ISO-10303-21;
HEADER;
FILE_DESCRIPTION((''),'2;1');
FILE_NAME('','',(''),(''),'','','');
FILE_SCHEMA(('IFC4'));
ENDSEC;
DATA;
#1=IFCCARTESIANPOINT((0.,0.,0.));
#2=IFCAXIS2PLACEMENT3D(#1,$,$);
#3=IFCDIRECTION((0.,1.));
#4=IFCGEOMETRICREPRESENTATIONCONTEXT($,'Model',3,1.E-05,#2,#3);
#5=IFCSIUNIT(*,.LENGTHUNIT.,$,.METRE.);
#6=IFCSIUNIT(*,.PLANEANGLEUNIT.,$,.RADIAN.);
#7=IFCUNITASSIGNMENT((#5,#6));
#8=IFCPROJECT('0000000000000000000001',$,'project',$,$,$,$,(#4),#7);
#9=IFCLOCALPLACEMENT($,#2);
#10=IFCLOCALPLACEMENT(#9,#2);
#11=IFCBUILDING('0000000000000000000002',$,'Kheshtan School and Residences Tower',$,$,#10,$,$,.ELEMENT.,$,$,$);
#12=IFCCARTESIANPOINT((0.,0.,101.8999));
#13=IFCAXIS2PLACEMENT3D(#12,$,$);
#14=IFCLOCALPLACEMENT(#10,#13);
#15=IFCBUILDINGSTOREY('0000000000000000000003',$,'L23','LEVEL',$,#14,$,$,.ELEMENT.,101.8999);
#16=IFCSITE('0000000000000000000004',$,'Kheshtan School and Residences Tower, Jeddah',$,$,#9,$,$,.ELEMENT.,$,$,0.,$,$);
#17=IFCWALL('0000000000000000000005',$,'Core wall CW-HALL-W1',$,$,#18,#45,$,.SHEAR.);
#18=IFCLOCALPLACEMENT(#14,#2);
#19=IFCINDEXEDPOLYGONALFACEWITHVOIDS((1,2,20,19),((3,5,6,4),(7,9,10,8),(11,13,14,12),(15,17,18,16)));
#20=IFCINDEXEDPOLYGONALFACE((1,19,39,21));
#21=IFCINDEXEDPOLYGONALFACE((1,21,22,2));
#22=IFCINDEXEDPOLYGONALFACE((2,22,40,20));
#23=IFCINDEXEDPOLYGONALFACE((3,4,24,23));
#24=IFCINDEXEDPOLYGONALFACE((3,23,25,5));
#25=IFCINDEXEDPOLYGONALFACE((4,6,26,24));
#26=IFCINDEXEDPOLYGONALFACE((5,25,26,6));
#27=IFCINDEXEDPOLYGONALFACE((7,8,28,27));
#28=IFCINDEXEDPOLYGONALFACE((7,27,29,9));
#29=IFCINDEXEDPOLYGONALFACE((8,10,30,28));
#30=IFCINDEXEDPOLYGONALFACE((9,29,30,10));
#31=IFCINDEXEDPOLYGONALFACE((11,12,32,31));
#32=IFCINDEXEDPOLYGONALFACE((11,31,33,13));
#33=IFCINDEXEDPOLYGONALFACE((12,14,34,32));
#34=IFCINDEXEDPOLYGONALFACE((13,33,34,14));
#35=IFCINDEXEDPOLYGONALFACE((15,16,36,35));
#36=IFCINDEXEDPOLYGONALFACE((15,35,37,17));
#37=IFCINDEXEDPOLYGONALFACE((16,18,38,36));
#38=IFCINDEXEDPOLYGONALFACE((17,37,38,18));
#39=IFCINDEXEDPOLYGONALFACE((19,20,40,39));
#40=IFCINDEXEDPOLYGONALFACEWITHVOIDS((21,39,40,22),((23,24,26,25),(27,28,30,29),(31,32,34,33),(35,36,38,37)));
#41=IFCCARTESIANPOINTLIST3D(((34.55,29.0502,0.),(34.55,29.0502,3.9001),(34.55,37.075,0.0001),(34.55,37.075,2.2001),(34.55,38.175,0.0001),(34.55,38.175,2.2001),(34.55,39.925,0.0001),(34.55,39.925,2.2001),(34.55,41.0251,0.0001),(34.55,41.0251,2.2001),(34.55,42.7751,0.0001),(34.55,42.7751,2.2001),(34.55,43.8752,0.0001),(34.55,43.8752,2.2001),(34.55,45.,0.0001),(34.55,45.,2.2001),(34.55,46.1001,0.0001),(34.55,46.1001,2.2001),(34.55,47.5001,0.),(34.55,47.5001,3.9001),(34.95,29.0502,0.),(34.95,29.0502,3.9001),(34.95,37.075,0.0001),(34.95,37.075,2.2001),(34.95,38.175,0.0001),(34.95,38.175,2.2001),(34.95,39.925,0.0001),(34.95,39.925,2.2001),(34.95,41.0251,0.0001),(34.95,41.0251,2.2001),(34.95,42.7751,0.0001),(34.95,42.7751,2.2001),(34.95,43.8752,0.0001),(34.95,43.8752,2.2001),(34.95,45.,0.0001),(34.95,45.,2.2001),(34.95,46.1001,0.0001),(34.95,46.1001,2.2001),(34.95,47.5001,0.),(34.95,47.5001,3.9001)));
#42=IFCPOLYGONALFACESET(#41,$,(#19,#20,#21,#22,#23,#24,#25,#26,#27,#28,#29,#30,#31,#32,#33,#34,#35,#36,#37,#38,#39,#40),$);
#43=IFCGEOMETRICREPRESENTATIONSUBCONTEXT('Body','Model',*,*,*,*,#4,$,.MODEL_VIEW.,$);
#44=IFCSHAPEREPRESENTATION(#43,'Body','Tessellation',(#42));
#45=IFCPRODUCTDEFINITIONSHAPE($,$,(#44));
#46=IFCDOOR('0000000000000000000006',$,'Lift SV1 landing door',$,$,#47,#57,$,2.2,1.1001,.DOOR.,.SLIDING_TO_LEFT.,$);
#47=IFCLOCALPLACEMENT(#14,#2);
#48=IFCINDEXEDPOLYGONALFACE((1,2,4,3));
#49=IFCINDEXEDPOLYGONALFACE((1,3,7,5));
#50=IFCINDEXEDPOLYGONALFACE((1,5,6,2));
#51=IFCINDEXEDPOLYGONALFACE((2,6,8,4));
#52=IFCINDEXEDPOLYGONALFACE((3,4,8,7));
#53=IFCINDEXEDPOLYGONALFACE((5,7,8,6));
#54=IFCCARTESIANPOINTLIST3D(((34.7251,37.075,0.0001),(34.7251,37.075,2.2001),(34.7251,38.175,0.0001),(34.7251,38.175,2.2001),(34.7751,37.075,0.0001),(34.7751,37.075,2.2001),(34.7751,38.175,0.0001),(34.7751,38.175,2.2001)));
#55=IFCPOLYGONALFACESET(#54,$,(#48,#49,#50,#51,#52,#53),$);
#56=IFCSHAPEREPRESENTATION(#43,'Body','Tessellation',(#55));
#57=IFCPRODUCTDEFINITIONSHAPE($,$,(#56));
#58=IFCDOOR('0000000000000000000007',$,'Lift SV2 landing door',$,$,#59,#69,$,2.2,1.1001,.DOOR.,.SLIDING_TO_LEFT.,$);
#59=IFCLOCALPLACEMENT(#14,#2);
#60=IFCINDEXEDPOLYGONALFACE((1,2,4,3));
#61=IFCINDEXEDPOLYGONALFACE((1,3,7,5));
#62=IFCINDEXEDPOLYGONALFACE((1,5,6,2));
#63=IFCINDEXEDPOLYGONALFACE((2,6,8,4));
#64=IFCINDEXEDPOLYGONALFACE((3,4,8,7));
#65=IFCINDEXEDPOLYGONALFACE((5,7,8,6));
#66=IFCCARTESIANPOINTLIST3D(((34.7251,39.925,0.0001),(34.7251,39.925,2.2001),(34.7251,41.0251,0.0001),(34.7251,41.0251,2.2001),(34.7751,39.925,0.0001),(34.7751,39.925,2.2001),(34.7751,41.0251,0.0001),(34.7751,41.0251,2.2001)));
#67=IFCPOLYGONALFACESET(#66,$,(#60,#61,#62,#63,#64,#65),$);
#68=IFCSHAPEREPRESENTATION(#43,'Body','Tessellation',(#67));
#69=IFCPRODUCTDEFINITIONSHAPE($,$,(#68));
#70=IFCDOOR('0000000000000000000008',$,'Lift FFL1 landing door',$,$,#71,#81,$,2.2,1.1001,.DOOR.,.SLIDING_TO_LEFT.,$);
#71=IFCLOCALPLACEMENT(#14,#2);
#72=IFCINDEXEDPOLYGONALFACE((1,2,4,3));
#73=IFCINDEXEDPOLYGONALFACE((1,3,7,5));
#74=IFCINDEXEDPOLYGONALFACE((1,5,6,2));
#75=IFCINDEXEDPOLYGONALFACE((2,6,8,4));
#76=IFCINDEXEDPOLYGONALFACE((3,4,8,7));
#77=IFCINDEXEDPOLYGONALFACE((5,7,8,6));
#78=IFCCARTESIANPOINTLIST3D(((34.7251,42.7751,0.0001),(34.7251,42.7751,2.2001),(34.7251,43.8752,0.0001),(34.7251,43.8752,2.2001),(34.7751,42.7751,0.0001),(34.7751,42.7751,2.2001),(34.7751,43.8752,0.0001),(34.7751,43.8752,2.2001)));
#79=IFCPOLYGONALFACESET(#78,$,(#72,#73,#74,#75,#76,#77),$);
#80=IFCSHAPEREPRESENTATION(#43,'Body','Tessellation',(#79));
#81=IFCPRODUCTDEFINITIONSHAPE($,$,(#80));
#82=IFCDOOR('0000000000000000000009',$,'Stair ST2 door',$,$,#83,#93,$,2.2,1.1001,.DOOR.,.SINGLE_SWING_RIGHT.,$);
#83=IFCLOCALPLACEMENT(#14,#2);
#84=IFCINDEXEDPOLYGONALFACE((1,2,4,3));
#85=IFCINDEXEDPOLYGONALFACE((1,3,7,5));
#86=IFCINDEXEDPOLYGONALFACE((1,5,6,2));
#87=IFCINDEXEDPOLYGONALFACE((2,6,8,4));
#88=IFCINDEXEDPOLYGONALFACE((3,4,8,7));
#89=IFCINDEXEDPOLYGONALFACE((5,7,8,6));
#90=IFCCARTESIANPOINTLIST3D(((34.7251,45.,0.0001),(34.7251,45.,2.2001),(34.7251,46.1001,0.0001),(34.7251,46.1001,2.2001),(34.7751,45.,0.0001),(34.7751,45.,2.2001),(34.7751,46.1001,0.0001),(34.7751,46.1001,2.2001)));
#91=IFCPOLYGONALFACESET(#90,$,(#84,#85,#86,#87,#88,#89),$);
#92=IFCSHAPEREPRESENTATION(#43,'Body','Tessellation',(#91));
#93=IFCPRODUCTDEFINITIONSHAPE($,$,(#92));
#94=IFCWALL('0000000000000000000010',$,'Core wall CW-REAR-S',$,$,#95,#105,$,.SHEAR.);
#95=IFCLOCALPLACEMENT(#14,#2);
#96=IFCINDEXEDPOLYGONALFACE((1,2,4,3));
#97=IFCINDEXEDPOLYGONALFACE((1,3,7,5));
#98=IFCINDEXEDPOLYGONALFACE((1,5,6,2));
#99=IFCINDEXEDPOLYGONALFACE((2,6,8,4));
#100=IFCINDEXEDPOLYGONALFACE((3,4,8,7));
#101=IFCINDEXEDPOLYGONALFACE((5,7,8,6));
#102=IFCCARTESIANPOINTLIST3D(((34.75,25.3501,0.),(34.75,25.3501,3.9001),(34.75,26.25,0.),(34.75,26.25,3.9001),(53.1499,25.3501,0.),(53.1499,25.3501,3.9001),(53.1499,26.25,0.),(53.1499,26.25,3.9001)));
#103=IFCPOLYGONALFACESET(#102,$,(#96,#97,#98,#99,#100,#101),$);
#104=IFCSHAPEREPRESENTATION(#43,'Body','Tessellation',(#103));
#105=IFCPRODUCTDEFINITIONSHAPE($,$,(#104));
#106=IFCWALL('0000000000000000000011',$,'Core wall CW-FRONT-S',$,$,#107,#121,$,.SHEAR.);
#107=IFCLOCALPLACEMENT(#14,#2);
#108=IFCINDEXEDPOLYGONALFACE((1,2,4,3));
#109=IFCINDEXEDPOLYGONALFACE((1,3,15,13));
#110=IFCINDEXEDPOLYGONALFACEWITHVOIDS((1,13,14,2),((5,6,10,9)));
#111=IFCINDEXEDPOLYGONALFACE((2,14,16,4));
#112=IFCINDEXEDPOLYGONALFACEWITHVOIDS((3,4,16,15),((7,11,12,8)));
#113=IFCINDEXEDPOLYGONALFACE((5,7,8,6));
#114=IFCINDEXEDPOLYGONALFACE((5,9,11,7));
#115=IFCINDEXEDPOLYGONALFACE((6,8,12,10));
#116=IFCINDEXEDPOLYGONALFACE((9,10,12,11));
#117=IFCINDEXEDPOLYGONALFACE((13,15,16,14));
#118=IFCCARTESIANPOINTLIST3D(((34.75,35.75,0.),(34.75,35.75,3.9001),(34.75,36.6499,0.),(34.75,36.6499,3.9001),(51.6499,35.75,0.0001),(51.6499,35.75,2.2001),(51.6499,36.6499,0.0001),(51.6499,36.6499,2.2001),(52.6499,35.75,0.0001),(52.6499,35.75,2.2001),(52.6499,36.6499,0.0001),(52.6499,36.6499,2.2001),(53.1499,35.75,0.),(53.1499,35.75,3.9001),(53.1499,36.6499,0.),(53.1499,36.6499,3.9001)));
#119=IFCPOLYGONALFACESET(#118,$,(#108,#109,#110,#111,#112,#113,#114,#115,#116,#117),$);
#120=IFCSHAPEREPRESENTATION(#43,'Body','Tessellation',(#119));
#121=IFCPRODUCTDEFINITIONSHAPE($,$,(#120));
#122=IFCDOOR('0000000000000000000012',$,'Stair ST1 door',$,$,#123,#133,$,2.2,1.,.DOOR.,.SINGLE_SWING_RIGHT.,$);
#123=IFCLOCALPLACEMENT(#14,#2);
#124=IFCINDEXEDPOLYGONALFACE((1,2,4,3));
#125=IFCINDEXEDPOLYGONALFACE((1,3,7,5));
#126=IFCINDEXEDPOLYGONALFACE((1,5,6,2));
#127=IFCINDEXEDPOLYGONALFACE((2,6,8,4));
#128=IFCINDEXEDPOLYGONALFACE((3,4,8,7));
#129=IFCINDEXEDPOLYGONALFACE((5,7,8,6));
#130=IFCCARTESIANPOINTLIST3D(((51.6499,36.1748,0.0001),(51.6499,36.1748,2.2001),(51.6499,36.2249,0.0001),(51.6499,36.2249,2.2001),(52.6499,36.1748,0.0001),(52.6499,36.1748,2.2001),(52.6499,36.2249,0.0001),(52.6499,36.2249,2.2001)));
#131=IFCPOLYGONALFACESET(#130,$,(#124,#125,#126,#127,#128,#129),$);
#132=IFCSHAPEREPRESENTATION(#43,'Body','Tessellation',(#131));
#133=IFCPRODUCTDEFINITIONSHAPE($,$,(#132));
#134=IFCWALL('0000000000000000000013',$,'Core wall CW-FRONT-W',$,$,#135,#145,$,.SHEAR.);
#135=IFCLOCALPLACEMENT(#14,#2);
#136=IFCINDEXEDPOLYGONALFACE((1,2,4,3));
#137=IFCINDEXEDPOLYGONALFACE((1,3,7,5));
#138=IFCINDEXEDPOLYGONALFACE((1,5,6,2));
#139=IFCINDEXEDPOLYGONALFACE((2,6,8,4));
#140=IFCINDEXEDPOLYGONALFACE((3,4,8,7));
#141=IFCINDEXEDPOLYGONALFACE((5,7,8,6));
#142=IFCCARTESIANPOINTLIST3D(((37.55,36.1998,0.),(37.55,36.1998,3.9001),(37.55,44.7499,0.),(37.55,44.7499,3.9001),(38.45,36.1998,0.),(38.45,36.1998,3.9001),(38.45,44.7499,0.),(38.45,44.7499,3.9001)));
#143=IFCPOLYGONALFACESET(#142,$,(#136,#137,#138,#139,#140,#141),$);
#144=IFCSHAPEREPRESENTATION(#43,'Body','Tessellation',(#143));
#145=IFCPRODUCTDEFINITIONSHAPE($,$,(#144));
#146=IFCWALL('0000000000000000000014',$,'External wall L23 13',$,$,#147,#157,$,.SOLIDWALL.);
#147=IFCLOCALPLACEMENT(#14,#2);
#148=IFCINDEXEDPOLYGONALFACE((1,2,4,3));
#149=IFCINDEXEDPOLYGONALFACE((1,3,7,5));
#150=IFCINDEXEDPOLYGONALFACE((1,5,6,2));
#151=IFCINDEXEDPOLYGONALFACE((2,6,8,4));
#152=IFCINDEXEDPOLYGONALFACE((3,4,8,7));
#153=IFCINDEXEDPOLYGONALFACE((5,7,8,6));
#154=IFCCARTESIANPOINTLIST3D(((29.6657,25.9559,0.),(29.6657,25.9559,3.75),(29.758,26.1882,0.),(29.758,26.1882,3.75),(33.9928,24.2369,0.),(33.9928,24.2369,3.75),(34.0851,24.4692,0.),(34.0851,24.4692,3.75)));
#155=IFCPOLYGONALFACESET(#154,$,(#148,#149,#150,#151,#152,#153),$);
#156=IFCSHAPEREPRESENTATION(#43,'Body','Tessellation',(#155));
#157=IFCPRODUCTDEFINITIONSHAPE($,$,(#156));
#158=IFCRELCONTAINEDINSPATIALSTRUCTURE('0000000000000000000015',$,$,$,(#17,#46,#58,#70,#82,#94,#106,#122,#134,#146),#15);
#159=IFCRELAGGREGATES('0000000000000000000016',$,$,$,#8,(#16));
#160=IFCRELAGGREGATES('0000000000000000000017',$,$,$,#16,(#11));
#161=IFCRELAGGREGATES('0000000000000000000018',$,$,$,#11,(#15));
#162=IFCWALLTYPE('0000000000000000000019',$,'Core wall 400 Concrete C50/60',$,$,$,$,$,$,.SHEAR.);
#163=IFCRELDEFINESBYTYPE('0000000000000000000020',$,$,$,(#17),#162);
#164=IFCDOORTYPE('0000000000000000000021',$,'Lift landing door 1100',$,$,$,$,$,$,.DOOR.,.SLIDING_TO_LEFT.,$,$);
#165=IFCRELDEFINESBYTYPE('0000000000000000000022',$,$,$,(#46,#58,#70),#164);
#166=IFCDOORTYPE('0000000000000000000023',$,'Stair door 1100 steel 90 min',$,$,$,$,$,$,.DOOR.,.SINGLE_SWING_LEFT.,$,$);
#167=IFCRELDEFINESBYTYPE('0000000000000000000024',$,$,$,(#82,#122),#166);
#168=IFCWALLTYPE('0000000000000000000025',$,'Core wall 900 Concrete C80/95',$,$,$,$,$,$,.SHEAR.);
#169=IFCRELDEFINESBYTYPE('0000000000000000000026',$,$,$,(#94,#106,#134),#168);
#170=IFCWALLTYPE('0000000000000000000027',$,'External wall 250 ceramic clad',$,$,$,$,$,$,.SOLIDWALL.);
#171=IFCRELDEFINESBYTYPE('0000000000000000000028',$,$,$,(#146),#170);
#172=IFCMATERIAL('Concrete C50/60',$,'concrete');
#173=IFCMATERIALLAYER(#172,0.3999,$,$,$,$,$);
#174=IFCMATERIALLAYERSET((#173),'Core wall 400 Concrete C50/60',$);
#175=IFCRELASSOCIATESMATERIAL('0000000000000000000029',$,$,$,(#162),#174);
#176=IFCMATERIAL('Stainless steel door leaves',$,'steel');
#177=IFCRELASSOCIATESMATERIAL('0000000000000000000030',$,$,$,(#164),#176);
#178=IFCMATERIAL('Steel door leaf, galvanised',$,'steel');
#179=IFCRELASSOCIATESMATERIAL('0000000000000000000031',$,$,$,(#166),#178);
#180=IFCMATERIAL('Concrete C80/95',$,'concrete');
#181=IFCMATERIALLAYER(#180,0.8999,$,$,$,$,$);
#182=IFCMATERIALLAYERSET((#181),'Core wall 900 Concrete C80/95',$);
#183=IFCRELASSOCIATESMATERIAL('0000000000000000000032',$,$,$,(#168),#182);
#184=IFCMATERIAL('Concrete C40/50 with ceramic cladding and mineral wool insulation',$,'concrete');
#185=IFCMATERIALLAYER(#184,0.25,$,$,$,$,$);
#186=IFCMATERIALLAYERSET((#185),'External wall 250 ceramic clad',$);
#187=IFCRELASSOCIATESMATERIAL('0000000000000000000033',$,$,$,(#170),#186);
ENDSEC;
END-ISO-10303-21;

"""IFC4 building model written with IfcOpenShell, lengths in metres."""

from ifc_helpers import new_model, si_unit, direction, frame, frame_2d, origin, place, context, subcontext, project, spatial, rectangle, extrude, source, transform, mapped, material, layer, layer_set, type_object, element, fill, save


model = new_model("IFC4")

# Units and contexts
model_context = context("Model", 3, precision=1e-05, world=origin(), true_north=direction((0.0, 1.0)))
body_context = subcontext(model_context, "Body", "Model", "MODEL_VIEW")
ifc_project = project(units=[si_unit("LENGTHUNIT", "METRE"), si_unit("PLANEANGLEUNIT", "RADIAN")], contexts=[model_context])

# Site, building, storey
site_placement = place(None, origin())
site = spatial("IfcSite", under=ifc_project, at=site_placement, Name="Kheshtan School and Residences Tower, Jeddah", CompositionType="ELEMENT", RefElevation=0.0)
building_placement = place(site_placement, origin())
building = spatial("IfcBuilding", under=site, at=building_placement, Name="Kheshtan School and Residences Tower", CompositionType="ELEMENT")
storey_placement = place(building_placement, frame((0.0, 0.0, 101.8999)))
storey = spatial("IfcBuildingStorey", under=building, at=storey_placement, Name="L23", Description="LEVEL", CompositionType="ELEMENT", Elevation=101.8999)

# Shared definitions
ifc_material_1 = material(Name="Concrete C50/60", Category="concrete")
ifc_layer_1 = layer(ifc_material_1, 0.3999)
ifc_layer_set_1 = layer_set([ifc_layer_1], Name="Core wall 400 Concrete C50/60")
wall_type_1 = type_object("IfcWallType", Name="Core wall 400 Concrete C50/60", PredefinedType="SHEAR", material=ifc_layer_set_1)
ifc_material_2 = material(Name="Stainless steel door leaves", Category="steel")
door_type_1 = type_object("IfcDoorType", Name="Lift landing door 1100", OperationType="SLIDING_TO_LEFT", PredefinedType="DOOR", material=ifc_material_2)
shared_shape_1 = source(origin(), body_context, "Body", "SweptSolid", [
    extrude(rectangle(XDim=1.1001, YDim=2.2, at=frame_2d((0.55, 1.1001))), frame((0.0, 0.0249, 0.0), z_axis=(0.0, -1.0, 0.0), x_axis=(1.0, 0.0, 0.0)), (0.0, 0.0, 1.0), 0.05),
])

# Wall, openings, doors
wall_1_placement = place(storey_placement, frame((34.75, 29.05, 0.0), z_axis=(0.0, 0.0, 1.0), x_axis=(0.0, 1.0, 0.0)))
wall_1 = element("IfcWall", 1, at=wall_1_placement, inside=storey, type_object=wall_type_1, Name="Core wall CW-HALL-W1", PredefinedType="SHEAR", context=body_context, shape_type="SweptSolid", body=[
    extrude(rectangle(XDim=18.45, YDim=0.3999, at=frame_2d((9.2251, 0.0))), origin(), (0.0, 0.0, 1.0), 3.9001),
])
opening_1_placement = place(wall_1_placement, frame((8.0249, 0.0, 0.0)))
opening_1 = element("IfcOpeningElement", 2, at=opening_1_placement, cuts=wall_1, PredefinedType="OPENING", context=body_context, shape_type="SweptSolid", body=[
    extrude(rectangle(XDim=1.1001, YDim=2.2, at=frame_2d((0.55, 1.1001))), frame((0.0, 0.21, 0.0), z_axis=(0.0, -1.0, 0.0), x_axis=(1.0, 0.0, 0.0)), (0.0, 0.0, 1.0), 0.4199),
])
opening_2_placement = place(wall_1_placement, frame((10.875, 0.0, 0.0)))
opening_2 = element("IfcOpeningElement", 3, at=opening_2_placement, cuts=wall_1, PredefinedType="OPENING", context=body_context, shape_type="SweptSolid", body=[
    extrude(rectangle(XDim=1.1001, YDim=2.2, at=frame_2d((0.55, 1.1001))), frame((0.0, 0.21, 0.0), z_axis=(0.0, -1.0, 0.0), x_axis=(1.0, 0.0, 0.0)), (0.0, 0.0, 1.0), 0.4199),
])
opening_3_placement = place(wall_1_placement, frame((13.7251, 0.0, 0.0)))
opening_3 = element("IfcOpeningElement", 4, at=opening_3_placement, cuts=wall_1, PredefinedType="OPENING", context=body_context, shape_type="SweptSolid", body=[
    extrude(rectangle(XDim=1.1001, YDim=2.2, at=frame_2d((0.55, 1.1001))), frame((0.0, 0.21, 0.0), z_axis=(0.0, -1.0, 0.0), x_axis=(1.0, 0.0, 0.0)), (0.0, 0.0, 1.0), 0.4199),
])
opening_4_placement = place(wall_1_placement, frame((15.95, 0.0, 0.0)))
opening_4 = element("IfcOpeningElement", 5, at=opening_4_placement, cuts=wall_1, PredefinedType="OPENING", context=body_context, shape_type="SweptSolid", body=[
    extrude(rectangle(XDim=1.1001, YDim=2.2, at=frame_2d((0.55, 1.1001))), frame((0.0, 0.21, 0.0), z_axis=(0.0, -1.0, 0.0), x_axis=(1.0, 0.0, 0.0)), (0.0, 0.0, 1.0), 0.4199),
])
door_1_placement = place(opening_1_placement, origin())
door_1 = element("IfcDoor", 6, at=door_1_placement, inside=storey, type_object=door_type_1, Name="Lift SV1 landing door", OperationType="SLIDING_TO_LEFT", OverallHeight=2.2, OverallWidth=1.1001, PredefinedType="DOOR", context=body_context, shape_type="MappedRepresentation", body=[
    mapped(shared_shape_1, transform((0.0, 0.0, 0.0), x_axis=(1.0, 0.0, 0.0), y_axis=(0.0, 1.0, 0.0), z_axis=(0.0, 0.0, 1.0), scale=1.0)),
])
fill(opening_1, door_1)
door_2_placement = place(opening_2_placement, origin())
door_2 = element("IfcDoor", 7, at=door_2_placement, inside=storey, type_object=door_type_1, Name="Lift SV2 landing door", OperationType="SLIDING_TO_LEFT", OverallHeight=2.2, OverallWidth=1.1001, PredefinedType="DOOR", context=body_context, shape_type="MappedRepresentation", body=[
    mapped(shared_shape_1, transform((0.0, 0.0, 0.0), x_axis=(1.0, 0.0, 0.0), y_axis=(0.0, 1.0, 0.0), z_axis=(0.0, 0.0, 1.0), scale=1.0)),
])
fill(opening_2, door_2)
door_3_placement = place(opening_3_placement, origin())
door_3 = element("IfcDoor", 8, at=door_3_placement, inside=storey, type_object=door_type_1, Name="Lift FFL1 landing door", OperationType="SLIDING_TO_LEFT", OverallHeight=2.2, OverallWidth=1.1001, PredefinedType="DOOR", context=body_context, shape_type="MappedRepresentation", body=[
    mapped(shared_shape_1, transform((0.0, 0.0, 0.0), x_axis=(1.0, 0.0, 0.0), y_axis=(0.0, 1.0, 0.0), z_axis=(0.0, 0.0, 1.0), scale=1.0)),
])
fill(opening_3, door_3)
ifc_material_3 = material(Name="Steel door leaf, galvanised", Category="steel")
door_type_2 = type_object("IfcDoorType", Name="Stair door 1100 steel 90 min", OperationType="SINGLE_SWING_LEFT", PredefinedType="DOOR", material=ifc_material_3)
shared_shape_2 = source(origin(), body_context, "Body", "SweptSolid", [
    extrude(rectangle(XDim=1.1001, YDim=2.2, at=frame_2d((0.55, 1.1001))), frame((0.0, 0.0249, 0.0), z_axis=(0.0, -1.0, 0.0), x_axis=(1.0, 0.0, 0.0)), (0.0, 0.0, 1.0), 0.05),
])
door_4_placement = place(opening_4_placement, origin())
door_4 = element("IfcDoor", 9, at=door_4_placement, inside=storey, type_object=door_type_2, Name="Stair ST2 door", OperationType="SINGLE_SWING_RIGHT", OverallHeight=2.2, OverallWidth=1.1001, PredefinedType="DOOR", context=body_context, shape_type="MappedRepresentation", body=[
    mapped(shared_shape_2, transform((0.0, 0.0, 0.0), x_axis=(1.0, 0.0, 0.0), y_axis=(0.0, 1.0, 0.0), z_axis=(0.0, 0.0, 1.0), scale=1.0)),
])
fill(opening_4, door_4)

# Wall
ifc_material_4 = material(Name="Concrete C80/95", Category="concrete")
ifc_layer_2 = layer(ifc_material_4, 0.8999)
ifc_layer_set_2 = layer_set([ifc_layer_2], Name="Core wall 900 Concrete C80/95")
wall_type_2 = type_object("IfcWallType", Name="Core wall 900 Concrete C80/95", PredefinedType="SHEAR", material=ifc_layer_set_2)
wall_2_placement = place(storey_placement, frame((34.75, 25.8, 0.0), z_axis=(0.0, 0.0, 1.0), x_axis=(1.0, 0.0, 0.0)))
element("IfcWall", 10, at=wall_2_placement, inside=storey, type_object=wall_type_2, Name="Core wall CW-REAR-S", PredefinedType="SHEAR", context=body_context, shape_type="SweptSolid", body=[
    extrude(rectangle(XDim=18.3999, YDim=0.8999, at=frame_2d((9.2, 0.0))), origin(), (0.0, 0.0, 1.0), 3.9001),
])

# Wall, opening, door
wall_3_placement = place(storey_placement, frame((34.75, 36.2, 0.0), z_axis=(0.0, 0.0, 1.0), x_axis=(1.0, 0.0, 0.0)))
wall_3 = element("IfcWall", 11, at=wall_3_placement, inside=storey, type_object=wall_type_2, Name="Core wall CW-FRONT-S", PredefinedType="SHEAR", context=body_context, shape_type="SweptSolid", body=[
    extrude(rectangle(XDim=18.3999, YDim=0.8999, at=frame_2d((9.2, 0.0))), origin(), (0.0, 0.0, 1.0), 3.9001),
])
opening_5_placement = place(wall_3_placement, frame((16.8999, 0.0, 0.0)))
opening_5 = element("IfcOpeningElement", 12, at=opening_5_placement, cuts=wall_3, PredefinedType="OPENING", context=body_context, shape_type="SweptSolid", body=[
    extrude(rectangle(XDim=1.0, YDim=2.2, at=frame_2d((0.5, 1.1001))), frame((0.0, 0.46, 0.0), z_axis=(0.0, -1.0, 0.0), x_axis=(1.0, 0.0, 0.0)), (0.0, 0.0, 1.0), 0.9199),
])
shared_shape_3 = source(origin(), body_context, "Body", "SweptSolid", [
    extrude(rectangle(XDim=1.0, YDim=2.2, at=frame_2d((0.5, 1.1001))), frame((0.0, 0.0249, 0.0), z_axis=(0.0, -1.0, 0.0), x_axis=(1.0, 0.0, 0.0)), (0.0, 0.0, 1.0), 0.05),
])
door_5_placement = place(opening_5_placement, origin())
door_5 = element("IfcDoor", 13, at=door_5_placement, inside=storey, type_object=door_type_2, Name="Stair ST1 door", OperationType="SINGLE_SWING_RIGHT", OverallHeight=2.2, OverallWidth=1.0, PredefinedType="DOOR", context=body_context, shape_type="MappedRepresentation", body=[
    mapped(shared_shape_3, transform((0.0, 0.0, 0.0), x_axis=(1.0, 0.0, 0.0), y_axis=(0.0, 1.0, 0.0), z_axis=(0.0, 0.0, 1.0), scale=1.0)),
])
fill(opening_5, door_5)

# Walls
wall_4_placement = place(storey_placement, frame((38.0, 36.2, 0.0), z_axis=(0.0, 0.0, 1.0), x_axis=(0.0, 1.0, 0.0)))
element("IfcWall", 14, at=wall_4_placement, inside=storey, type_object=wall_type_2, Name="Core wall CW-FRONT-W", PredefinedType="SHEAR", context=body_context, shape_type="SweptSolid", body=[
    extrude(rectangle(XDim=8.55, YDim=0.8999, at=frame_2d((4.2749, 0.0))), origin(), (0.0, 0.0, 1.0), 3.9001),
])
ifc_material_5 = material(Name="Concrete C40/50 with ceramic cladding and mineral wool insulation", Category="concrete")
ifc_layer_3 = layer(ifc_material_5, 0.25)
ifc_layer_set_3 = layer_set([ifc_layer_3], Name="External wall 250 ceramic clad")
wall_type_3 = type_object("IfcWallType", Name="External wall 250 ceramic clad", PredefinedType="SOLIDWALL", material=ifc_layer_set_3)
wall_5_placement = place(storey_placement, frame((34.0391, 24.353, 0.0), z_axis=(0.0, 0.0, 1.0), x_axis=(-0.929353, 0.369193, 0.0)))
element("IfcWall", 15, at=wall_5_placement, inside=storey, type_object=wall_type_3, Name="External wall L23 13", PredefinedType="SOLIDWALL", context=body_context, shape_type="SweptSolid", body=[
    extrude(rectangle(XDim=4.656, YDim=0.25, at=frame_2d((2.3281, 0.0))), origin(), (0.0, 0.0, 1.0), 3.75),
])

save(model, "model.ifc")
